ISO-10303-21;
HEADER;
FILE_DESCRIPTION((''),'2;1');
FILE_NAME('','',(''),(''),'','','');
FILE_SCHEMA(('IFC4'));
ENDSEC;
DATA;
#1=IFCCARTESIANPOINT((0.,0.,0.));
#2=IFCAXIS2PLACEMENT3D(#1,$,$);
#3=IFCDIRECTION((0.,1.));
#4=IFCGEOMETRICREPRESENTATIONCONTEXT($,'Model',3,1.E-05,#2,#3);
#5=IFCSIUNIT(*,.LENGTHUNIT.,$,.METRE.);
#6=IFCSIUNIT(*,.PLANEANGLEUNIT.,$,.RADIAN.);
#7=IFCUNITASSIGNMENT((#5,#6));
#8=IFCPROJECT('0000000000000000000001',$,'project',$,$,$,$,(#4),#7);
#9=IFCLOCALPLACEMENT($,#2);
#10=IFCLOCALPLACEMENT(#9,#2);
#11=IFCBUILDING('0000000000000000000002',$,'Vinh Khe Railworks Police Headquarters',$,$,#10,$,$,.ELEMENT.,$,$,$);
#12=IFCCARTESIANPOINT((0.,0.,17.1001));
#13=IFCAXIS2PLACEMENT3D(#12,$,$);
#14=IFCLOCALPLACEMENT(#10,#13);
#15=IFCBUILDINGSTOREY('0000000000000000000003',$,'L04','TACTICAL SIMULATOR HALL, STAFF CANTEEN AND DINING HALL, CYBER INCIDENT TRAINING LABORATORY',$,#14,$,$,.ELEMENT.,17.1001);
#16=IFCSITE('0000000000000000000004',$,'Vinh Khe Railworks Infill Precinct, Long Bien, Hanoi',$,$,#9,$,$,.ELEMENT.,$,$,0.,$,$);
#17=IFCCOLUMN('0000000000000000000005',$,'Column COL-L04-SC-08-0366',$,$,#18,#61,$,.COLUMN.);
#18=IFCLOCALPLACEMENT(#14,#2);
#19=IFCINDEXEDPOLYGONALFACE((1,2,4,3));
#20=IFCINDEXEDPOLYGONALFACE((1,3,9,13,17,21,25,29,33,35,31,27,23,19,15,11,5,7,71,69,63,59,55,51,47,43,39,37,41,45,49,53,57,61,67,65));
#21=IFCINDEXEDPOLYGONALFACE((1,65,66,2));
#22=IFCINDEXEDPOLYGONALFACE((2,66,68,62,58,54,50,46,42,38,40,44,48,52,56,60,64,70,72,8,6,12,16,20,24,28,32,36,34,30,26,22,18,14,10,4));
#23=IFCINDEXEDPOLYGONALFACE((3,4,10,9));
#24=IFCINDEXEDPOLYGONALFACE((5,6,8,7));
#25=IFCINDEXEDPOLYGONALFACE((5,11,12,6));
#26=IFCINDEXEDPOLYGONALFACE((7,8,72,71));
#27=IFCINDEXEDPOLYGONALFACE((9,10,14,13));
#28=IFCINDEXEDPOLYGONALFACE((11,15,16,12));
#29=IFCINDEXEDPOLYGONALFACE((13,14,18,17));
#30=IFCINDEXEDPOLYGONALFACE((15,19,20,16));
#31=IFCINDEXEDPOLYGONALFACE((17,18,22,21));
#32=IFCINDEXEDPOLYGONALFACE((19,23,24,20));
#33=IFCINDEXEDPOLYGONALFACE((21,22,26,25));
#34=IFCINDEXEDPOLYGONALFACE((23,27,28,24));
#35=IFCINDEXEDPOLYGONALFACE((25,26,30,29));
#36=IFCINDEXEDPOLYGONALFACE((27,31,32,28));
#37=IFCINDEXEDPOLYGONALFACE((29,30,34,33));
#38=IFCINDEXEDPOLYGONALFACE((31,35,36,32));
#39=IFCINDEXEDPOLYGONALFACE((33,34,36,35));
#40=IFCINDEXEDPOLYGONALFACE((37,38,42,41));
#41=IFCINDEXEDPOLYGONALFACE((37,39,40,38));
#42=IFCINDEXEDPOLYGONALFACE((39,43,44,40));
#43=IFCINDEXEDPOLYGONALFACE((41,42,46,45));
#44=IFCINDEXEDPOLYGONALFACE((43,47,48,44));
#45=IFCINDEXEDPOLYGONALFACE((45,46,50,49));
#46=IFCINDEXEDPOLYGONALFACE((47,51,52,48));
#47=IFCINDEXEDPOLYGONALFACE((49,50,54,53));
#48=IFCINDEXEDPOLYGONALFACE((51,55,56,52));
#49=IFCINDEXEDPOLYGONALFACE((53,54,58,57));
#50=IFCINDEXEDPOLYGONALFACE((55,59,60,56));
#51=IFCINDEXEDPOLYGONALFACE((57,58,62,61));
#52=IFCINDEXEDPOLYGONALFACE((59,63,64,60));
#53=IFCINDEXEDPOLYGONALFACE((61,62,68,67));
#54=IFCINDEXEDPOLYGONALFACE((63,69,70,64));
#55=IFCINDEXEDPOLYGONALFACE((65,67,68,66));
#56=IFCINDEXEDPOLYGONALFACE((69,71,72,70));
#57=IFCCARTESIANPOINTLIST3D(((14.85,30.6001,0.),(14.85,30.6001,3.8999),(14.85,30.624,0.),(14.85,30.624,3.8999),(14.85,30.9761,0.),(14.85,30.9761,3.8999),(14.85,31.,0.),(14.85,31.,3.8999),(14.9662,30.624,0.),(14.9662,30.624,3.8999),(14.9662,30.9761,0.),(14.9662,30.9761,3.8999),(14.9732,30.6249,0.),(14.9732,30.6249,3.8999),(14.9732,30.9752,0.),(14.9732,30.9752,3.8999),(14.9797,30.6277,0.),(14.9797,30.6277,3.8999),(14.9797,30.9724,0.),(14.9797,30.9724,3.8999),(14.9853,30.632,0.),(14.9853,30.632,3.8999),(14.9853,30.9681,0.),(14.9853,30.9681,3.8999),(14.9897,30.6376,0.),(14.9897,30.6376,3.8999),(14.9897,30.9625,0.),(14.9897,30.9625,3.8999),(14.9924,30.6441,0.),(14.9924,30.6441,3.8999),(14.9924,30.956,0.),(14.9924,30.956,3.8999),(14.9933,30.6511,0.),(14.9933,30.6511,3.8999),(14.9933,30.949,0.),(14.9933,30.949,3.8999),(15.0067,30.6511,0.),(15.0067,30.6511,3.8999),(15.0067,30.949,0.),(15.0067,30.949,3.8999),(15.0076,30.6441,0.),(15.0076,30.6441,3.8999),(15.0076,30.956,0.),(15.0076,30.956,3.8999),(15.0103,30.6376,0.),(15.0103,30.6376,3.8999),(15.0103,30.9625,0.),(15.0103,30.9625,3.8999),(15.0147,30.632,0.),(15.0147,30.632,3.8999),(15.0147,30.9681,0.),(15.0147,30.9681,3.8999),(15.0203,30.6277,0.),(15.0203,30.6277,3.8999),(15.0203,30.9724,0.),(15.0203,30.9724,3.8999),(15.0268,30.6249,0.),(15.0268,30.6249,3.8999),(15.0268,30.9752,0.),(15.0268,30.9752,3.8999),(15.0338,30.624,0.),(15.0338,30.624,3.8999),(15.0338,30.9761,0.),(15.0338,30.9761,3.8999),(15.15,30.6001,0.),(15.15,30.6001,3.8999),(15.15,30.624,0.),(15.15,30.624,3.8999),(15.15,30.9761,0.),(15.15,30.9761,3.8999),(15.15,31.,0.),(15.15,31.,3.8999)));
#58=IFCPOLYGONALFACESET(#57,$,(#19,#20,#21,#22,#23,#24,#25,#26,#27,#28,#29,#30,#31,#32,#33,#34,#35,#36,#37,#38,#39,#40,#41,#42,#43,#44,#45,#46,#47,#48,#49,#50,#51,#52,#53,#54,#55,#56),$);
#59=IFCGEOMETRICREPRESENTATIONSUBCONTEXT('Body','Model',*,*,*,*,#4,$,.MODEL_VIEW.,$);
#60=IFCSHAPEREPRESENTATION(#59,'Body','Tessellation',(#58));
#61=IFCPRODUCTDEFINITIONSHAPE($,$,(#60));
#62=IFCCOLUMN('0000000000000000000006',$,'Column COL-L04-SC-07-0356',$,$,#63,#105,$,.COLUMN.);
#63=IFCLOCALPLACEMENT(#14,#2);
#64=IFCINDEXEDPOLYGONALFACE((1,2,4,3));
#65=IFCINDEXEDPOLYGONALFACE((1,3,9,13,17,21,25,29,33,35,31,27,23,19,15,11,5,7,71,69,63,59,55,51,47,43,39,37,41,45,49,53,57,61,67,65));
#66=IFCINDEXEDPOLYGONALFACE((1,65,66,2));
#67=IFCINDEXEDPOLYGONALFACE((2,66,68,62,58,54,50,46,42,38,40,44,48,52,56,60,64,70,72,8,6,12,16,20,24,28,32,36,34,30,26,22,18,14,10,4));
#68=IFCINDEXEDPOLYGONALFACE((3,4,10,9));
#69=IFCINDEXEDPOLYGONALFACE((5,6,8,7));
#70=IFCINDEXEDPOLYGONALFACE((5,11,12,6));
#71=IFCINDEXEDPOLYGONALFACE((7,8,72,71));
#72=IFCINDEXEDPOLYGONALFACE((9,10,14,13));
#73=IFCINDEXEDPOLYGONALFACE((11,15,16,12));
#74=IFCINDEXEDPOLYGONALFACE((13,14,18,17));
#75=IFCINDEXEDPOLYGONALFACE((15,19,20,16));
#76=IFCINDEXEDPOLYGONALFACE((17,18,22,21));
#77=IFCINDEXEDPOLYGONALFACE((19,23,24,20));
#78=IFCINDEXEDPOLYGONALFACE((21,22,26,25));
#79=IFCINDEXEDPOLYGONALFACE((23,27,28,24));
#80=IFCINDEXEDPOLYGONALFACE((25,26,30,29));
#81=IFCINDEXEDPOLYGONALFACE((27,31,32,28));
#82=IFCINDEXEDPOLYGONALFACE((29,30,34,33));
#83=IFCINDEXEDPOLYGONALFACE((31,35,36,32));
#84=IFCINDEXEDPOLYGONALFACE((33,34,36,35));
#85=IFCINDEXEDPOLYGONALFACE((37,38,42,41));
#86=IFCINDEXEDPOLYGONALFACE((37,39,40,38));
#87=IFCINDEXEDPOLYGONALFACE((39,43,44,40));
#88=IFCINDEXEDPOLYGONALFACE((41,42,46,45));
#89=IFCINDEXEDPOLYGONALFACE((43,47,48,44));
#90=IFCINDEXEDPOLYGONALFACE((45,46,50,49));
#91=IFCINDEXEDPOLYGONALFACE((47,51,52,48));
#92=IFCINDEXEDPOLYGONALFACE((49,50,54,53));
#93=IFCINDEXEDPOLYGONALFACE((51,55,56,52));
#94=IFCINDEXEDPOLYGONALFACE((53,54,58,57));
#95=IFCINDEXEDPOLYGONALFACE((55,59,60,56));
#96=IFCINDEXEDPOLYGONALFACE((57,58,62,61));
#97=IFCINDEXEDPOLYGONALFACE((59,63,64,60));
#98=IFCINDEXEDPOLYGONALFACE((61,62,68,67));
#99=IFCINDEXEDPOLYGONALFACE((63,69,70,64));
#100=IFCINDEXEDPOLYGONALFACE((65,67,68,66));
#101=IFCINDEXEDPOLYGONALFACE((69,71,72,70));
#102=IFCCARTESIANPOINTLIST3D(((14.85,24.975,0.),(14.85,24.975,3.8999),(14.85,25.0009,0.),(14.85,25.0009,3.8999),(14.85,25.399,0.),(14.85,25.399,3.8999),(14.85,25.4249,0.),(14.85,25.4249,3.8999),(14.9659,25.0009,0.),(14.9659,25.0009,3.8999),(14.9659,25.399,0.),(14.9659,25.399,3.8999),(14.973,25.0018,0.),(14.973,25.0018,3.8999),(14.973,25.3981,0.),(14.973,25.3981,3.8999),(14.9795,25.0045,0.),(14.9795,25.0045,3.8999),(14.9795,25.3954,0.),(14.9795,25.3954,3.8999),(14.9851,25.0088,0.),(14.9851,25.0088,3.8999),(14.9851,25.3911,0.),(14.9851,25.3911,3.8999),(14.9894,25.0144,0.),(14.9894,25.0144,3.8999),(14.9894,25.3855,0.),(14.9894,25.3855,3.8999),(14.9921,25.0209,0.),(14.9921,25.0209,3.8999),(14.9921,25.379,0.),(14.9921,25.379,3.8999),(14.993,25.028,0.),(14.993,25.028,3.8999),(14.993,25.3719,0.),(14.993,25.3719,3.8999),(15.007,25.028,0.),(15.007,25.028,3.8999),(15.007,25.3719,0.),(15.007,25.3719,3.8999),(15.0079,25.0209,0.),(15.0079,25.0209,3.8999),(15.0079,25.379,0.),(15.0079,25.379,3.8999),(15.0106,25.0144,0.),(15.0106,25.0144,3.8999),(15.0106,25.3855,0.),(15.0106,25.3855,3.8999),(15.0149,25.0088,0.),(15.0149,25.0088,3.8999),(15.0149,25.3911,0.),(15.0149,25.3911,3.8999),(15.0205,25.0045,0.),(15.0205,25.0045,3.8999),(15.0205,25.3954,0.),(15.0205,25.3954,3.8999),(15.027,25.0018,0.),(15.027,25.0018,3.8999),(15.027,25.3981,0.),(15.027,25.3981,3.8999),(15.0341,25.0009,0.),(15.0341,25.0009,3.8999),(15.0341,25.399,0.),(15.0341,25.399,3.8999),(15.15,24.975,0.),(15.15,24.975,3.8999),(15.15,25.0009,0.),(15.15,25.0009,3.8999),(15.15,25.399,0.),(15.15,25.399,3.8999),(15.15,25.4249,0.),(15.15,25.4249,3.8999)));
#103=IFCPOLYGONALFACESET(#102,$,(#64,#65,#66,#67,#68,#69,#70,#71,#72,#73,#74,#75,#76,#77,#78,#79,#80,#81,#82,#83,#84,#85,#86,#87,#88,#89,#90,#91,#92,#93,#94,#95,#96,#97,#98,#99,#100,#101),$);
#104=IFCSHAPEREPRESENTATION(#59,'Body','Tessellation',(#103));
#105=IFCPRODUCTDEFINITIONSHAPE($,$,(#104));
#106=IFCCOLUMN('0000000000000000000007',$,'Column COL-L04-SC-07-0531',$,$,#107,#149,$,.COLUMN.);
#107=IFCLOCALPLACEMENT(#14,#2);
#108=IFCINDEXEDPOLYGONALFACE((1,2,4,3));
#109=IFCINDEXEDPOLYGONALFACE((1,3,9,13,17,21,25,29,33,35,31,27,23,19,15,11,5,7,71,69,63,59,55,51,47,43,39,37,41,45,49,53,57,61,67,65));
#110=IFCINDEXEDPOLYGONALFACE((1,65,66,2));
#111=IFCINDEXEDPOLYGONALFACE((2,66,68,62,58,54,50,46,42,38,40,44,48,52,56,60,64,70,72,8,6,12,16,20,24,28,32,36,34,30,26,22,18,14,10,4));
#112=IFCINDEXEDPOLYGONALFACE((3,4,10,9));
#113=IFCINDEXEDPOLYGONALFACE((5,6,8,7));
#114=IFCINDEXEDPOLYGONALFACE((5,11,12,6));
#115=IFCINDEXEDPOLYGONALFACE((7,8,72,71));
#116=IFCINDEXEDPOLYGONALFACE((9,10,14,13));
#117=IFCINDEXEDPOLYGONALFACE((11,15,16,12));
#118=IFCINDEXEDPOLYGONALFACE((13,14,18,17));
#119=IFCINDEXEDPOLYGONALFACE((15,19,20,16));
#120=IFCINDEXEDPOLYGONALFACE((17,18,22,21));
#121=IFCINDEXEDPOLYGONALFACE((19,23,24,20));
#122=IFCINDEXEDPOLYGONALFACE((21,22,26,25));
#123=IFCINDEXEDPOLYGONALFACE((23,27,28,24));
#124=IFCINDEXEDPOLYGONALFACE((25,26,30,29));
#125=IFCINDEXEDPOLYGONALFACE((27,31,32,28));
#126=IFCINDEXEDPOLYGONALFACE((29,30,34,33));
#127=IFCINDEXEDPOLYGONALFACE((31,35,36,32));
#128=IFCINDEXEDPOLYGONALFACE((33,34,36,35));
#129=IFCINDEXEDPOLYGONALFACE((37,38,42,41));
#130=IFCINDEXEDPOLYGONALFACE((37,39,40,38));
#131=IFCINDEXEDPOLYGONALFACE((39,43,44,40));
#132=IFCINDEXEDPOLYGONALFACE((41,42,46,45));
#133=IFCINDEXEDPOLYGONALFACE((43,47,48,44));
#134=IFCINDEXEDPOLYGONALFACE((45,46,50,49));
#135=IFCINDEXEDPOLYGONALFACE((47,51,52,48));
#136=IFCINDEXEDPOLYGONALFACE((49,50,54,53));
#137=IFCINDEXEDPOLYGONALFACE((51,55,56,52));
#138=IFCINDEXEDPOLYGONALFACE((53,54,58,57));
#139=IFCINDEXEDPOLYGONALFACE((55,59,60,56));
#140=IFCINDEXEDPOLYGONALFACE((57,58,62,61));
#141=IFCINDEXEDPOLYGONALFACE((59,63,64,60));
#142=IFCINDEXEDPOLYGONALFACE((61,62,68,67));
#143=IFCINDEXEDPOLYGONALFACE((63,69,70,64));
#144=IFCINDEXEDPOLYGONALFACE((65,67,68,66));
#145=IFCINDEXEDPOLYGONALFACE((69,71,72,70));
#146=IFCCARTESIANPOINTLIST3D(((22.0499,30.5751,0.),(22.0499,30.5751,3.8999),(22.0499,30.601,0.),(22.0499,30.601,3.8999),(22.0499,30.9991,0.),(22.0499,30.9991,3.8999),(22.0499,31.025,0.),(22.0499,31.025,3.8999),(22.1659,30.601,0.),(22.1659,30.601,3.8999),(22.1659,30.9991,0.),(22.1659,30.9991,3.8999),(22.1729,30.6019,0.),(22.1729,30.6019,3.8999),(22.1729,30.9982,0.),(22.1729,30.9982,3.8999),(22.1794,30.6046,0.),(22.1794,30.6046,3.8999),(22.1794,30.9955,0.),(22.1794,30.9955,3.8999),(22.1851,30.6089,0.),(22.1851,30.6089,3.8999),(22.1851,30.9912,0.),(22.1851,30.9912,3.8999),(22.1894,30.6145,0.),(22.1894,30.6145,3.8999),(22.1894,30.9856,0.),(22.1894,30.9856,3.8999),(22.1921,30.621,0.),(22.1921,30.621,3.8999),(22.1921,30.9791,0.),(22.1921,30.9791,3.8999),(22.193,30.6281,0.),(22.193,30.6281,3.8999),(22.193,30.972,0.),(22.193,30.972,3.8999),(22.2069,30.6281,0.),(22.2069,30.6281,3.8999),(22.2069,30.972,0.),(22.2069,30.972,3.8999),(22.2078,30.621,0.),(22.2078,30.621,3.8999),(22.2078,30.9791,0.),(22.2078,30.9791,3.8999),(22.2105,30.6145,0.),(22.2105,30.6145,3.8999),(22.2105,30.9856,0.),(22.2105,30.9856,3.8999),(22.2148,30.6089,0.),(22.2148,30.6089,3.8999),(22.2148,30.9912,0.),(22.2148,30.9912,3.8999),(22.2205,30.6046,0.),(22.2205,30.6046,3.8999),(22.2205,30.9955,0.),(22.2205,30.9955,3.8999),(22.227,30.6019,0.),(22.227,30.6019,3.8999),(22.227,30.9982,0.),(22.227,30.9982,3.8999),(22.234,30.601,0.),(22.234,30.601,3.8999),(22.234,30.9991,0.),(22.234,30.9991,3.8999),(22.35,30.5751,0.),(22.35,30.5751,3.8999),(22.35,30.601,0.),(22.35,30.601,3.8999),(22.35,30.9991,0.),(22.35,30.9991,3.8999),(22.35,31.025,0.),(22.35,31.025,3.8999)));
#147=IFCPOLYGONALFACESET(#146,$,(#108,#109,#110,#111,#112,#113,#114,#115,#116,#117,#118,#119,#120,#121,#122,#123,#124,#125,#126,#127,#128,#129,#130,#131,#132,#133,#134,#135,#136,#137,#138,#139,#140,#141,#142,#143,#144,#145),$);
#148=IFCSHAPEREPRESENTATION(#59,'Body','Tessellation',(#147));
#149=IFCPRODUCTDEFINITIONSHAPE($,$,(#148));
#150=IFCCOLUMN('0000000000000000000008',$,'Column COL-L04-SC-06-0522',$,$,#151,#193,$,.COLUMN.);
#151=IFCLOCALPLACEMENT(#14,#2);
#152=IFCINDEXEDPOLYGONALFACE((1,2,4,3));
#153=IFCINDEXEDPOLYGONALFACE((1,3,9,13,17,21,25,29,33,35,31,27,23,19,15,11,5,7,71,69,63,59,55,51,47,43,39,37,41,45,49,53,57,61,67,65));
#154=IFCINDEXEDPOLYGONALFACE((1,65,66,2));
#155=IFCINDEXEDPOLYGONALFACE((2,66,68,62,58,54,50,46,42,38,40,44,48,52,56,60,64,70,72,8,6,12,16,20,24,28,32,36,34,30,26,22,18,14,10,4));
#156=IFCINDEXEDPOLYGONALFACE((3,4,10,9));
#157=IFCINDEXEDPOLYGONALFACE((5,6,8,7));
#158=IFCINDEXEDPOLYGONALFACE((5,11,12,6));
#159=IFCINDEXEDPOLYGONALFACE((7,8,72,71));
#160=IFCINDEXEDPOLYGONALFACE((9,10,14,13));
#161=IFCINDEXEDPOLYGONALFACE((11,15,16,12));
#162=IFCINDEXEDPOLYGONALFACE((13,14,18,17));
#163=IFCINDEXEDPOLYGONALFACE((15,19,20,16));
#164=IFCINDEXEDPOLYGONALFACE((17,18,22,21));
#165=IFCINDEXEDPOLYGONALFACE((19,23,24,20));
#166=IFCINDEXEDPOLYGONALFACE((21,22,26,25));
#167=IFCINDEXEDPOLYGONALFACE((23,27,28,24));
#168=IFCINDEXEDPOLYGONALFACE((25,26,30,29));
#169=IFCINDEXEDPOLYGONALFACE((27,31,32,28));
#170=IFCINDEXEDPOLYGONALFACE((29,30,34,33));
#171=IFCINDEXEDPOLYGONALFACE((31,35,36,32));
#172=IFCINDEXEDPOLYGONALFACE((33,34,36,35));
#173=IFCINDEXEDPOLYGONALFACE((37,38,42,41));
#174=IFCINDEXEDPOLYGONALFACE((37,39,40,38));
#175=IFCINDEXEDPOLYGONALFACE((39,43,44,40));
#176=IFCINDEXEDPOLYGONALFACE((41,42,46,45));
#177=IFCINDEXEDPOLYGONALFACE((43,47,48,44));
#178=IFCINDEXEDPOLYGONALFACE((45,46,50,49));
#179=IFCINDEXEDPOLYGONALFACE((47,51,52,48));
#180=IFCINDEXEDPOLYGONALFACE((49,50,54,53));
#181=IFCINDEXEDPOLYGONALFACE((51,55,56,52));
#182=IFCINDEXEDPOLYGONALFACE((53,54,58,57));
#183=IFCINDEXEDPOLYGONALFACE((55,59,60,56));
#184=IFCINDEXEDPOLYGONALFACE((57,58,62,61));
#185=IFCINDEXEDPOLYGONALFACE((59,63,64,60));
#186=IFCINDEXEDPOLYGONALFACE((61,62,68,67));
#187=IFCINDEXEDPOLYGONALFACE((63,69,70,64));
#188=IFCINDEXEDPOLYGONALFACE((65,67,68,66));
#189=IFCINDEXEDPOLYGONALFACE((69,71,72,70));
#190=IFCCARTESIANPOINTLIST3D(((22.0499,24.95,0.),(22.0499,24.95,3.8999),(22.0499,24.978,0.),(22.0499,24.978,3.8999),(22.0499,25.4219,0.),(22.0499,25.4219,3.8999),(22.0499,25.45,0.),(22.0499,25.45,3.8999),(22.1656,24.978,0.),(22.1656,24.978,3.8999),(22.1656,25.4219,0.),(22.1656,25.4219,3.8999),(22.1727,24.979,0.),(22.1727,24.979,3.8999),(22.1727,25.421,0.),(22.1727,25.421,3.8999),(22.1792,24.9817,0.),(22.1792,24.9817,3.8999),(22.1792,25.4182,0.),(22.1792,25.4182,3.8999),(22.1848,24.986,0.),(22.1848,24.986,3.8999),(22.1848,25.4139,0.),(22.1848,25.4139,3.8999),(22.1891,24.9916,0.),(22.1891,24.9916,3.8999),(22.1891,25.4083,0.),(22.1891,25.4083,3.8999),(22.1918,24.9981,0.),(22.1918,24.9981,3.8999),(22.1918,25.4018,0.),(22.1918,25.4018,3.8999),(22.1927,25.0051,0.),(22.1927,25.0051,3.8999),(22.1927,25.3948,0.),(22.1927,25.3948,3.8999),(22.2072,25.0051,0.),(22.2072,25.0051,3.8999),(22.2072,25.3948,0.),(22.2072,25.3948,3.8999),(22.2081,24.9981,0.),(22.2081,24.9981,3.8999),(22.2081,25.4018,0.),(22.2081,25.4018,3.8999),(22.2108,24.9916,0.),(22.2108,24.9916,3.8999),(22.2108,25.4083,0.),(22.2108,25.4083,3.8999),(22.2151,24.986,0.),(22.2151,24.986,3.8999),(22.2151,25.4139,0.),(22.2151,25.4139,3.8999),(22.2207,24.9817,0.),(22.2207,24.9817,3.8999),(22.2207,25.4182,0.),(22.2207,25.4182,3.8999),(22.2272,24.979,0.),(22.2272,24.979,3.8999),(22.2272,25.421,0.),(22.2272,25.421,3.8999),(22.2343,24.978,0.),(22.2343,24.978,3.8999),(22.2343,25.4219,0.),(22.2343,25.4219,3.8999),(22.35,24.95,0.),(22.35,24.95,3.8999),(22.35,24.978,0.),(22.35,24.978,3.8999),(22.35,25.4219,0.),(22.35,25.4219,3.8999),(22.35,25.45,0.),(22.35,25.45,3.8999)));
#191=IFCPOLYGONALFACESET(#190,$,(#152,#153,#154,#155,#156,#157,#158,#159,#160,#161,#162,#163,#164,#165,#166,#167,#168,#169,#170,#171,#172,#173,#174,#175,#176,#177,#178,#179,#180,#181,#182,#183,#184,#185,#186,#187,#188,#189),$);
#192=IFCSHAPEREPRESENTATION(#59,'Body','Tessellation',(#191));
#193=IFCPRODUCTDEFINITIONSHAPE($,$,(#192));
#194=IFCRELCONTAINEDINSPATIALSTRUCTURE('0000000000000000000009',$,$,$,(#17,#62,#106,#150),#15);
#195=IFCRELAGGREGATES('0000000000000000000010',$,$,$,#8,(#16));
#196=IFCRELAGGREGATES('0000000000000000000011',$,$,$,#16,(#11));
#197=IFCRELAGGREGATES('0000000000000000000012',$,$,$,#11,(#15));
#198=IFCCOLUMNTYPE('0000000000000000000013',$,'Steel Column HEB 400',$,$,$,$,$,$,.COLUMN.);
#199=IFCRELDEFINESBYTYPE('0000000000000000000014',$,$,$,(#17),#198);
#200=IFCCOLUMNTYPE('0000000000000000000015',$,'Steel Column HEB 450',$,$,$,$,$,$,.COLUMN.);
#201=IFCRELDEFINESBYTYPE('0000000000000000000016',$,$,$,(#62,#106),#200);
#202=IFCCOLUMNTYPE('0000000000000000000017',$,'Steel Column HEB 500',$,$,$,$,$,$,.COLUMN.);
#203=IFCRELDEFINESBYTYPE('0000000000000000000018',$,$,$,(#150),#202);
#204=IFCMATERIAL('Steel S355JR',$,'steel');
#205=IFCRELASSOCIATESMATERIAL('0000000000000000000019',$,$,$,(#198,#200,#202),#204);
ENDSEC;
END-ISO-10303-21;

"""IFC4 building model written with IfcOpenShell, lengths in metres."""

from ifc_helpers import new_model, si_unit, direction, frame, origin, origin_2d, place, context, subcontext, project, spatial, i_section, extrude, material, material_profile, profile_set, type_object, element, save


model = new_model("IFC4")

# Units and contexts
model_context = context("Model", 3, precision=1e-05, world=origin(), true_north=direction((0.0, 1.0)))
body_context = subcontext(model_context, "Body", "Model", "MODEL_VIEW")
ifc_project = project(units=[si_unit("LENGTHUNIT", "METRE"), si_unit("PLANEANGLEUNIT", "RADIAN")], contexts=[model_context])

# Site, building, storey
site_placement = place(None, origin())
site = spatial("IfcSite", under=ifc_project, at=site_placement, Name="Vinh Khe Railworks Infill Precinct, Long Bien, Hanoi", CompositionType="ELEMENT", RefElevation=0.0)
building_placement = place(site_placement, origin())
building = spatial("IfcBuilding", under=site, at=building_placement, Name="Vinh Khe Railworks Police Headquarters", CompositionType="ELEMENT")
storey_placement = place(building_placement, frame((0.0, 0.0, 17.1001)))
storey = spatial("IfcBuildingStorey", under=building, at=storey_placement, Name="L04", Description="TACTICAL SIMULATOR HALL, STAFF CANTEEN AND DINING HALL, CYBER INCIDENT TRAINING LABORATORY", CompositionType="ELEMENT", Elevation=17.1001)

# Columns
ifc_material_1 = material(Name="Steel S355JR", Category="steel")
ifc_material_profile_1 = material_profile(ifc_material_1, i_section(OverallWidth=0.3, OverallDepth=0.3999, WebThickness=0.0134, FlangeThickness=0.0239, FilletRadius=0.0271, at=origin_2d()), Name="HEB 400")
ifc_profile_set_1 = profile_set([ifc_material_profile_1], Name="Steel S355JR")
column_type_1 = type_object("IfcColumnType", Name="Steel Column HEB 400", PredefinedType="COLUMN", material=ifc_profile_set_1)
column_1_placement = place(storey_placement, frame((15.0, 30.8, 0.0), z_axis=(0.0, 0.0, 1.0), x_axis=(1.0, 0.0, 0.0)))
element("IfcColumn", 1, at=column_1_placement, inside=storey, type_object=column_type_1, Name="Column COL-L04-SC-08-0366", PredefinedType="COLUMN", context=body_context, shape_type="SweptSolid", body=[
    extrude(i_section(OverallWidth=0.3, OverallDepth=0.3999, WebThickness=0.0134, FlangeThickness=0.0239, FilletRadius=0.0271, at=origin_2d()), origin(), (0.0, 0.0, 1.0), 3.8999),
])
ifc_material_profile_2 = material_profile(ifc_material_1, i_section(OverallWidth=0.3, OverallDepth=0.45, WebThickness=0.0139, FlangeThickness=0.0259, FilletRadius=0.0271, at=origin_2d()), Name="HEB 450")
ifc_profile_set_2 = profile_set([ifc_material_profile_2], Name="Steel S355JR")
column_type_2 = type_object("IfcColumnType", Name="Steel Column HEB 450", PredefinedType="COLUMN", material=ifc_profile_set_2)
for number, where, z_axis, x_axis, name in (
    (2, (15.0, 25.2, 0.0), (0.0, 0.0, 1.0), (1.0, 0.0, 0.0), "Column COL-L04-SC-07-0356"),
    (3, (22.2, 30.8, 0.0), (0.0, 0.0, 1.0), (1.0, 0.0, 0.0), "Column COL-L04-SC-07-0531"),
):
    element("IfcColumn", number, at=place(storey_placement, frame(where, z_axis=z_axis, x_axis=x_axis)), inside=storey, type_object=column_type_2, Name=name, PredefinedType="COLUMN", context=body_context, shape_type="SweptSolid", body=[
        extrude(i_section(OverallWidth=0.3, OverallDepth=0.45, WebThickness=0.0139, FlangeThickness=0.0259, FilletRadius=0.0271, at=origin_2d()), origin(), (0.0, 0.0, 1.0), 3.8999),
    ])
ifc_material_profile_3 = material_profile(ifc_material_1, i_section(OverallWidth=0.3, OverallDepth=0.5, WebThickness=0.0144, FlangeThickness=0.0281, FilletRadius=0.0271, at=origin_2d()), Name="HEB 500")
ifc_profile_set_3 = profile_set([ifc_material_profile_3], Name="Steel S355JR")
column_type_3 = type_object("IfcColumnType", Name="Steel Column HEB 500", PredefinedType="COLUMN", material=ifc_profile_set_3)
column_2_placement = place(storey_placement, frame((22.2, 25.2, 0.0), z_axis=(0.0, 0.0, 1.0), x_axis=(1.0, 0.0, 0.0)))
element("IfcColumn", 4, at=column_2_placement, inside=storey, type_object=column_type_3, Name="Column COL-L04-SC-06-0522", PredefinedType="COLUMN", context=body_context, shape_type="SweptSolid", body=[
    extrude(i_section(OverallWidth=0.3, OverallDepth=0.5, WebThickness=0.0144, FlangeThickness=0.0281, FilletRadius=0.0271, at=origin_2d()), origin(), (0.0, 0.0, 1.0), 3.8999),
])

save(model, "model.ifc")
